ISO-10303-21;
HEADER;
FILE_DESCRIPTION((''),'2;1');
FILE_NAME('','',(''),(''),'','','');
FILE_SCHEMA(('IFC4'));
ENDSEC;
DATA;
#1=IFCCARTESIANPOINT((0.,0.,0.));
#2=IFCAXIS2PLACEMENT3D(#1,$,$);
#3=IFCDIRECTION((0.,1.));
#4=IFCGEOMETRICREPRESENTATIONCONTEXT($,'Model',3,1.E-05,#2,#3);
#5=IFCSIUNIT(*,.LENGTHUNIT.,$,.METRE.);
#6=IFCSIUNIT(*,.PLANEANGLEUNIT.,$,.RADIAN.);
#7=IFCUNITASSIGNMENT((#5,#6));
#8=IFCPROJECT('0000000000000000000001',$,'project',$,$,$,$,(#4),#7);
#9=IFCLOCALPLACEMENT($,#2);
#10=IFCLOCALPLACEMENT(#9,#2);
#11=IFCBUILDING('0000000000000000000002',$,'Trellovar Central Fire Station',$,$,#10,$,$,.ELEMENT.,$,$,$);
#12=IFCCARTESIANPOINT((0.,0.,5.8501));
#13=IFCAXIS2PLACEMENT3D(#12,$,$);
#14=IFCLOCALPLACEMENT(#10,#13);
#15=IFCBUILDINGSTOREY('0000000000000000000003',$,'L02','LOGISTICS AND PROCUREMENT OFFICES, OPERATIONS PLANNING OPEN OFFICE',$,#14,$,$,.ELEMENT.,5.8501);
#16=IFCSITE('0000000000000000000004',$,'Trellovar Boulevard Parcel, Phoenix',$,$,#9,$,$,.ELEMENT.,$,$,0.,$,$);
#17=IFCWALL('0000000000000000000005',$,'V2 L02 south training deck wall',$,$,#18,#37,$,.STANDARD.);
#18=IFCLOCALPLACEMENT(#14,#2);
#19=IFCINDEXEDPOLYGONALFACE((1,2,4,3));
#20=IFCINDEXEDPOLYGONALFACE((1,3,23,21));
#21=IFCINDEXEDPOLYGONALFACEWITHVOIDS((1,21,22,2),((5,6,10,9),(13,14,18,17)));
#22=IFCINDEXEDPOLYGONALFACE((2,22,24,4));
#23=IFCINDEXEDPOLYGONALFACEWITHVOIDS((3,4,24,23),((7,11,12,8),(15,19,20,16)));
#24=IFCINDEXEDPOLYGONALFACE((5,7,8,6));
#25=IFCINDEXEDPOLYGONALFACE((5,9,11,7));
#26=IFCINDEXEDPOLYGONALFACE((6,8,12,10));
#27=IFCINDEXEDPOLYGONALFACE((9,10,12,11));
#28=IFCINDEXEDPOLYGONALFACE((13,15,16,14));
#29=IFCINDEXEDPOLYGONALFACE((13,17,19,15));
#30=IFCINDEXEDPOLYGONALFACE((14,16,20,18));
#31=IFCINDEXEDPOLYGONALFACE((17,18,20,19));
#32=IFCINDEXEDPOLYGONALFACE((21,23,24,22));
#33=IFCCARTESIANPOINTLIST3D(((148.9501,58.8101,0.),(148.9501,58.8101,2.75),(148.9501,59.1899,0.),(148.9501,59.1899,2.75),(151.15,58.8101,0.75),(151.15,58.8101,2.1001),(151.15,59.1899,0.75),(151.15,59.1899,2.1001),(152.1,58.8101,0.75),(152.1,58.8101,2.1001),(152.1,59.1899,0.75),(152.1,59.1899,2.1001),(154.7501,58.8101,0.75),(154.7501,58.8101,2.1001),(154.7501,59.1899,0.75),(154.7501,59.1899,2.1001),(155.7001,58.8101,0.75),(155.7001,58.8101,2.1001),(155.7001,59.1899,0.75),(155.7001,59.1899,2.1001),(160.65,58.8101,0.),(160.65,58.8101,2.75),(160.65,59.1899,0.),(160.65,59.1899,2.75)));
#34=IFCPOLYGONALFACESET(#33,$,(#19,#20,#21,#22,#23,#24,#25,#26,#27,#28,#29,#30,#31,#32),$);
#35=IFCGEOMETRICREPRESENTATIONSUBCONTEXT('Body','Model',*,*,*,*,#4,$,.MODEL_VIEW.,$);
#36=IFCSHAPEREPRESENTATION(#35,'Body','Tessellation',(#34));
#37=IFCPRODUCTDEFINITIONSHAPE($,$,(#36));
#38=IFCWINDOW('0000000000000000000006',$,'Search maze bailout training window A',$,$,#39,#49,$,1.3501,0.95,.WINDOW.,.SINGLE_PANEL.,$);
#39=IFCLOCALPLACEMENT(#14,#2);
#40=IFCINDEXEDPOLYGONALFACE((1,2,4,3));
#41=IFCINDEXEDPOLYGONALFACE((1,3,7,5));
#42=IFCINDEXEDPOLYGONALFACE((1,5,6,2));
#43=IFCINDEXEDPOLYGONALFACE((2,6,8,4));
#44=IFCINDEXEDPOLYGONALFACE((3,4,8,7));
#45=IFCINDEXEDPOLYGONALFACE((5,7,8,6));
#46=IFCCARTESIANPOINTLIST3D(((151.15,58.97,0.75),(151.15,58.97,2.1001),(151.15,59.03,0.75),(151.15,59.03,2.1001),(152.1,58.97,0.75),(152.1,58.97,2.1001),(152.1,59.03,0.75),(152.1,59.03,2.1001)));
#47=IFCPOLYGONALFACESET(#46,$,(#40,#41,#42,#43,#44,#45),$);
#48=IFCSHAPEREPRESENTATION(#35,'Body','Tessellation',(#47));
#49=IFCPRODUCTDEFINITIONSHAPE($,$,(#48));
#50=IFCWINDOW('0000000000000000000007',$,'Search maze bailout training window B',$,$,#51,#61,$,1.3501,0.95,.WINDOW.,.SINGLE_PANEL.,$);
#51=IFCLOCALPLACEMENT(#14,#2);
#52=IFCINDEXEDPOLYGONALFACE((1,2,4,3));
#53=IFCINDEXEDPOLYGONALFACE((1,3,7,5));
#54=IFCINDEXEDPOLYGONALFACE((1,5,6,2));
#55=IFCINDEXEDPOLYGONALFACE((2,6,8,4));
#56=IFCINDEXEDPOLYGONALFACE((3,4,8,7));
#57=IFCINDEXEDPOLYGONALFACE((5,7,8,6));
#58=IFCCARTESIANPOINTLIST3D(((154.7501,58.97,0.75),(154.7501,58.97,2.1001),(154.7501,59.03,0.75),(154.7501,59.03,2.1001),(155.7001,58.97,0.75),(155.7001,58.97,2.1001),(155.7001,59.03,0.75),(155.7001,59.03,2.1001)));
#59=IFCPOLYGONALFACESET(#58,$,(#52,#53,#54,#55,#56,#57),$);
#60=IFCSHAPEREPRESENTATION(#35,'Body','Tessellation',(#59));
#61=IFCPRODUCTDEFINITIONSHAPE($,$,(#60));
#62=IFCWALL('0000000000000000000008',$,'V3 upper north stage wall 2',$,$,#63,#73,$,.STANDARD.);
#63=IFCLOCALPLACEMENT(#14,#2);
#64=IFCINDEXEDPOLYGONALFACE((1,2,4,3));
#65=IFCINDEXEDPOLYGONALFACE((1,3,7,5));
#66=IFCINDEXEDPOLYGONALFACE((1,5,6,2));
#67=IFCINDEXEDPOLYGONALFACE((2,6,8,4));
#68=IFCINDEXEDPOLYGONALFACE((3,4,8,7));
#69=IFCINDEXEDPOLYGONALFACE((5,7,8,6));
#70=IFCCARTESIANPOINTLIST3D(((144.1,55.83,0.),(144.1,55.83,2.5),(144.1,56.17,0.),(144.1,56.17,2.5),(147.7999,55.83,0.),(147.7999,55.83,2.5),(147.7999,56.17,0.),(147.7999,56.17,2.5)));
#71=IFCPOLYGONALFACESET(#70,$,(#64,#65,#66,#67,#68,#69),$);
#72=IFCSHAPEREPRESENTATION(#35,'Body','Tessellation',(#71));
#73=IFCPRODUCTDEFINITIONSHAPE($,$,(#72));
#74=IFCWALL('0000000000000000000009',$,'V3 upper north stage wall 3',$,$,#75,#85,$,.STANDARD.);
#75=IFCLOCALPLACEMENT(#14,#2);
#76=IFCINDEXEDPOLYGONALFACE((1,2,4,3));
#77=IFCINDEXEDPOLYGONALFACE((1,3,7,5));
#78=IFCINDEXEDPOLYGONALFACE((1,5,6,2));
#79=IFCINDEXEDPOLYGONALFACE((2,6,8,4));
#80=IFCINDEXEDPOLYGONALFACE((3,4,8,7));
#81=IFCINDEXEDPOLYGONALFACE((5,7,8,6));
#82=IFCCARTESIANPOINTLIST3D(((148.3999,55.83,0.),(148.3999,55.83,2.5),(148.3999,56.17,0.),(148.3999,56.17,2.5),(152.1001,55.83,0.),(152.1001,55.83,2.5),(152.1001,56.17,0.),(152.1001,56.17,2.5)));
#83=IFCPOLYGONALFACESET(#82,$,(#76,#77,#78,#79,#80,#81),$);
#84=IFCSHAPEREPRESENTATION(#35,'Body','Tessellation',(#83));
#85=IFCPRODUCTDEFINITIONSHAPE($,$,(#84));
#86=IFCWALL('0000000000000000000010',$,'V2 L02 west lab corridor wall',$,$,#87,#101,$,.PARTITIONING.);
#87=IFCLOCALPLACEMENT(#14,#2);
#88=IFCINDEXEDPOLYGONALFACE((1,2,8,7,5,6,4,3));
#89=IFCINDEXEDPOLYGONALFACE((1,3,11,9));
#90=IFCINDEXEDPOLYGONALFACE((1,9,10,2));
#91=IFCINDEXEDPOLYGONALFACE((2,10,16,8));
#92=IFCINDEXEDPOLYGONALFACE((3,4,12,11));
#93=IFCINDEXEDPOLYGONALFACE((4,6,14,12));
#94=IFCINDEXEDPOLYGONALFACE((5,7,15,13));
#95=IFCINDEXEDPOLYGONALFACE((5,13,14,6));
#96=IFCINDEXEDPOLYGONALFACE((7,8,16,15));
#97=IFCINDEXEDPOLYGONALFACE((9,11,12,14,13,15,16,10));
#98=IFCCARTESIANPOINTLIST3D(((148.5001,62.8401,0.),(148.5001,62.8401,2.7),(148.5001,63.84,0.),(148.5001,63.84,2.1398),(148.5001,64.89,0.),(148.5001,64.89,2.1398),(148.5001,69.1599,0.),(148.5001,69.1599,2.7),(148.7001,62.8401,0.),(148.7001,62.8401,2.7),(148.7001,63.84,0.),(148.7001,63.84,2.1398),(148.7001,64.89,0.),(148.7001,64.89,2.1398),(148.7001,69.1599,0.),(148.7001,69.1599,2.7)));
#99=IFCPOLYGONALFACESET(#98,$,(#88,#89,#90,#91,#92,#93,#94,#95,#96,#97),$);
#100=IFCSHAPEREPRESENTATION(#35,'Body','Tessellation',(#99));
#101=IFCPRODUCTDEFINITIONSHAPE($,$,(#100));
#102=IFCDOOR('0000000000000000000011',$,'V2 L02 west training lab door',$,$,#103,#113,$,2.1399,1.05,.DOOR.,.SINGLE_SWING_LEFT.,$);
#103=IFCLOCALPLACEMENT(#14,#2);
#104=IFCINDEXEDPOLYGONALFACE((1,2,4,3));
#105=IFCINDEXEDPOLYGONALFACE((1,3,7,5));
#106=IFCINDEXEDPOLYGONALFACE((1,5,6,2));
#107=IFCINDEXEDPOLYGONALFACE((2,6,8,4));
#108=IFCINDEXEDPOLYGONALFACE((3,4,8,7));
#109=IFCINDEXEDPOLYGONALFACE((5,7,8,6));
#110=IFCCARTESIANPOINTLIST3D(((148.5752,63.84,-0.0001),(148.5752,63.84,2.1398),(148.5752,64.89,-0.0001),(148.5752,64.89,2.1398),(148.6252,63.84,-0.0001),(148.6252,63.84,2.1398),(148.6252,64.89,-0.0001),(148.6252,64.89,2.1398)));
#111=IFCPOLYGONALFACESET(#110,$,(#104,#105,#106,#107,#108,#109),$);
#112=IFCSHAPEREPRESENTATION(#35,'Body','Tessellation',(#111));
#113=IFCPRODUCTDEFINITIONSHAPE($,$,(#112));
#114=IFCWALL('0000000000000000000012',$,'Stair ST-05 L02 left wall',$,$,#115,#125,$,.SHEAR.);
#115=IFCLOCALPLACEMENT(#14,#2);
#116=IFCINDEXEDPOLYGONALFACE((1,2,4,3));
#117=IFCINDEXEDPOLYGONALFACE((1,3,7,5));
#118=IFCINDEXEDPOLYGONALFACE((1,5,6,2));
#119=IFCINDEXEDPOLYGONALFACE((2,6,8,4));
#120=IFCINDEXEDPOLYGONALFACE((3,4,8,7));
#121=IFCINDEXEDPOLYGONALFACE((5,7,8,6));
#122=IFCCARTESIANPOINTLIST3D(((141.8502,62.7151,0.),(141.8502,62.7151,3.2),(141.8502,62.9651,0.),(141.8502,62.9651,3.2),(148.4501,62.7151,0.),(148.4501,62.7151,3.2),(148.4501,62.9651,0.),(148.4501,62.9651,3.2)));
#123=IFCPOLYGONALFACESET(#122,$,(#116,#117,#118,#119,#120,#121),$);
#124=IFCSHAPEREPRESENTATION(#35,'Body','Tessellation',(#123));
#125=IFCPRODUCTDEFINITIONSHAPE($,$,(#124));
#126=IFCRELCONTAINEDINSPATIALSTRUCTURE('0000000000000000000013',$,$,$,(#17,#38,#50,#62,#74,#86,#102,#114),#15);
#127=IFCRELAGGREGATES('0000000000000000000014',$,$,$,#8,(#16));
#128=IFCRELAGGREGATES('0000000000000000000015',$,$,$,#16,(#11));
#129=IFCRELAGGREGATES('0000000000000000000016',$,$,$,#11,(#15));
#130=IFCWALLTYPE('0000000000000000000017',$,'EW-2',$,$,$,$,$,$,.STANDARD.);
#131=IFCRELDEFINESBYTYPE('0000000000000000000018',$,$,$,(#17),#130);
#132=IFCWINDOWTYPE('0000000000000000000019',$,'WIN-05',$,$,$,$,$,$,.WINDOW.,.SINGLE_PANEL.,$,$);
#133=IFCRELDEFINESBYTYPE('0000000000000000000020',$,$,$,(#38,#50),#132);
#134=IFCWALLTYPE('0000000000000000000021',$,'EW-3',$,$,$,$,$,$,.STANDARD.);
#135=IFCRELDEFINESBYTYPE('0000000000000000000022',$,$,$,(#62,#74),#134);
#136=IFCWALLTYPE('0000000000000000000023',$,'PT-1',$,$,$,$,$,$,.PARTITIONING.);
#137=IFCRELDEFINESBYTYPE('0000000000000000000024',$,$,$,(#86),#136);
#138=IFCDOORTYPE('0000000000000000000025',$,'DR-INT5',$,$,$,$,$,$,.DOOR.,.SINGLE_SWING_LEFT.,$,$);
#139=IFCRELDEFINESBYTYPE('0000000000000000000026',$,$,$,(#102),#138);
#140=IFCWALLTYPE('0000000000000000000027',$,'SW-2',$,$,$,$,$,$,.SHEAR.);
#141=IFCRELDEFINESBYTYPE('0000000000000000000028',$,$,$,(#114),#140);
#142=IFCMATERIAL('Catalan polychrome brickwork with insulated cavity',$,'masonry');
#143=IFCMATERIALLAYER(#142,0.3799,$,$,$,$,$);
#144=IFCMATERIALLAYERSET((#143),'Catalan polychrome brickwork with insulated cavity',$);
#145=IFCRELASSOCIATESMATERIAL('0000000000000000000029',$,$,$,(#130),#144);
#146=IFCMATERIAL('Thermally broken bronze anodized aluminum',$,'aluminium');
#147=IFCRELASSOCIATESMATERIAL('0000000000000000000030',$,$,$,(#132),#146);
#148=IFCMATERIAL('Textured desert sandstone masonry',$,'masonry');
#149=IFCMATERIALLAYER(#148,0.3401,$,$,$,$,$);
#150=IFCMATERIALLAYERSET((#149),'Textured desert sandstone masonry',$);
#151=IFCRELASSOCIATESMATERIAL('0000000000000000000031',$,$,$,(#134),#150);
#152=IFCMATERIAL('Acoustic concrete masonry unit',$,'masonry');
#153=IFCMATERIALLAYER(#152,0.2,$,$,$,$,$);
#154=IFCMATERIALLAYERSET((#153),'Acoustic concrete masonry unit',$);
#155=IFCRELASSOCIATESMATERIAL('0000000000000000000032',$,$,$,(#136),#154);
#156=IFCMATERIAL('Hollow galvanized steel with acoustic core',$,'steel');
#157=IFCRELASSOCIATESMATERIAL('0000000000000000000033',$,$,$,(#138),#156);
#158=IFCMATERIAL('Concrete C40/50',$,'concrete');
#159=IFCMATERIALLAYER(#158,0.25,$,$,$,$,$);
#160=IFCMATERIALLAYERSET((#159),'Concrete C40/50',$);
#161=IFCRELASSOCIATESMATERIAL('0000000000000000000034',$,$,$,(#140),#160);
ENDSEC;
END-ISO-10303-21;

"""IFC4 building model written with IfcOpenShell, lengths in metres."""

from ifc_helpers import new_model, si_unit, direction, frame, frame_2d, origin, place, context, subcontext, project, spatial, rectangle, extrude, material, layer, layer_set, type_object, element, fill, save


model = new_model("IFC4")

# Units and contexts
model_context = context("Model", 3, precision=1e-05, world=origin(), true_north=direction((0.0, 1.0)))
body_context = subcontext(model_context, "Body", "Model", "MODEL_VIEW")
ifc_project = project(units=[si_unit("LENGTHUNIT", "METRE"), si_unit("PLANEANGLEUNIT", "RADIAN")], contexts=[model_context])

# Site, building, storey
site_placement = place(None, origin())
site = spatial("IfcSite", under=ifc_project, at=site_placement, Name="Trellovar Boulevard Parcel, Phoenix", CompositionType="ELEMENT", RefElevation=0.0)
building_placement = place(site_placement, origin())
building = spatial("IfcBuilding", under=site, at=building_placement, Name="Trellovar Central Fire Station", CompositionType="ELEMENT")
storey_placement = place(building_placement, frame((0.0, 0.0, 5.8501)))
storey = spatial("IfcBuildingStorey", under=building, at=storey_placement, Name="L02", Description="LOGISTICS AND PROCUREMENT OFFICES, OPERATIONS PLANNING OPEN OFFICE", CompositionType="ELEMENT", Elevation=5.8501)

# Wall, openings, windows
ifc_material_1 = material(Name="Catalan polychrome brickwork with insulated cavity", Category="masonry")
ifc_layer_1 = layer(ifc_material_1, 0.3799)
ifc_layer_set_1 = layer_set([ifc_layer_1], Name="Catalan polychrome brickwork with insulated cavity")
wall_type_1 = type_object("IfcWallType", Name="EW-2", PredefinedType="STANDARD", material=ifc_layer_set_1)
wall_1_placement = place(storey_placement, frame((148.95, 59.0, 0.0), z_axis=(0.0, 0.0, 1.0), x_axis=(1.0, 0.0, 0.0)))
wall_1 = element("IfcWall", 1, at=wall_1_placement, inside=storey, type_object=wall_type_1, Name="V2 L02 south training deck wall", PredefinedType="STANDARD", context=body_context, shape_type="SweptSolid", body=[
    extrude(rectangle(XDim=11.7, YDim=0.3799, at=frame_2d((5.8501, 0.0))), origin(), (0.0, 0.0, 1.0), 2.75),
])
opening_1_placement = place(wall_1_placement, frame((2.2, 0.0, 0.75)))
opening_1 = element("IfcOpeningElement", 2, at=opening_1_placement, cuts=wall_1, PredefinedType="OPENING", context=body_context, shape_type="SweptSolid", body=[
    extrude(rectangle(XDim=0.95, YDim=1.3501, at=frame_2d((0.4751, 0.675))), frame((0.0, 0.2, 0.0), z_axis=(0.0, -1.0, 0.0), x_axis=(1.0, 0.0, 0.0)), (0.0, 0.0, 1.0), 0.3999),
])
opening_2_placement = place(wall_1_placement, frame((5.8, 0.0, 0.75)))
opening_2 = element("IfcOpeningElement", 3, at=opening_2_placement, cuts=wall_1, PredefinedType="OPENING", context=body_context, shape_type="SweptSolid", body=[
    extrude(rectangle(XDim=0.95, YDim=1.3501, at=frame_2d((0.4751, 0.675))), frame((0.0, 0.2, 0.0), z_axis=(0.0, -1.0, 0.0), x_axis=(1.0, 0.0, 0.0)), (0.0, 0.0, 1.0), 0.3999),
])
ifc_material_2 = material(Name="Thermally broken bronze anodized aluminum", Category="aluminium")
window_type = type_object("IfcWindowType", Name="WIN-05", PartitioningType="SINGLE_PANEL", PredefinedType="WINDOW", material=ifc_material_2)
window_1_placement = place(opening_1_placement, origin())
window_1 = element("IfcWindow", 4, at=window_1_placement, inside=storey, type_object=window_type, Name="Search maze bailout training window A", OverallHeight=1.3501, OverallWidth=0.95, PartitioningType="SINGLE_PANEL", PredefinedType="WINDOW", context=body_context, shape_type="SweptSolid", body=[
    extrude(rectangle(XDim=0.95, YDim=1.3501, at=frame_2d((0.4751, 0.675))), frame((0.0, 0.03, 0.0), z_axis=(0.0, -1.0, 0.0), x_axis=(1.0, 0.0, 0.0)), (0.0, 0.0, 1.0), 0.0601),
])
fill(opening_1, window_1)
window_2_placement = place(opening_2_placement, origin())
window_2 = element("IfcWindow", 5, at=window_2_placement, inside=storey, type_object=window_type, Name="Search maze bailout training window B", OverallHeight=1.3501, OverallWidth=0.95, PartitioningType="SINGLE_PANEL", PredefinedType="WINDOW", context=body_context, shape_type="SweptSolid", body=[
    extrude(rectangle(XDim=0.95, YDim=1.3501, at=frame_2d((0.4751, 0.675))), frame((0.0, 0.03, 0.0), z_axis=(0.0, -1.0, 0.0), x_axis=(1.0, 0.0, 0.0)), (0.0, 0.0, 1.0), 0.0601),
])
fill(opening_2, window_2)

# Walls
ifc_material_3 = material(Name="Textured desert sandstone masonry", Category="masonry")
ifc_layer_2 = layer(ifc_material_3, 0.3401)
ifc_layer_set_2 = layer_set([ifc_layer_2], Name="Textured desert sandstone masonry")
wall_type_2 = type_object("IfcWallType", Name="EW-3", PredefinedType="STANDARD", material=ifc_layer_set_2)
wall_2_placement = place(storey_placement, frame((147.8, 56.0, 0.0), z_axis=(0.0, 0.0, 1.0), x_axis=(-1.0, 0.0, 0.0)))
element("IfcWall", 6, at=wall_2_placement, inside=storey, type_object=wall_type_2, Name="V3 upper north stage wall 2", PredefinedType="STANDARD", context=body_context, shape_type="SweptSolid", body=[
    extrude(rectangle(XDim=3.7, YDim=0.3401, at=frame_2d((1.8501, 0.0))), origin(), (0.0, 0.0, 1.0), 2.5),
])
wall_3_placement = place(storey_placement, frame((152.1001, 56.0, 0.0), z_axis=(0.0, 0.0, 1.0), x_axis=(-1.0, 0.0, 0.0)))
element("IfcWall", 7, at=wall_3_placement, inside=storey, type_object=wall_type_2, Name="V3 upper north stage wall 3", PredefinedType="STANDARD", context=body_context, shape_type="SweptSolid", body=[
    extrude(rectangle(XDim=3.7002, YDim=0.3401, at=frame_2d((1.8501, 0.0))), origin(), (0.0, 0.0, 1.0), 2.5),
])

# Wall, opening, door
ifc_material_4 = material(Name="Acoustic concrete masonry unit", Category="masonry")
ifc_layer_3 = layer(ifc_material_4, 0.2)
ifc_layer_set_3 = layer_set([ifc_layer_3], Name="Acoustic concrete masonry unit")
wall_type_3 = type_object("IfcWallType", Name="PT-1", PredefinedType="PARTITIONING", material=ifc_layer_set_3)
wall_4_placement = place(storey_placement, frame((148.6001, 62.8401, 0.0), z_axis=(0.0, 0.0, 1.0), x_axis=(0.0, 1.0, 0.0)))
wall_4 = element("IfcWall", 8, at=wall_4_placement, inside=storey, type_object=wall_type_3, Name="V2 L02 west lab corridor wall", PredefinedType="PARTITIONING", context=body_context, shape_type="SweptSolid", body=[
    extrude(rectangle(XDim=6.3198, YDim=0.2, at=frame_2d((3.1599, 0.0))), origin(), (0.0, 0.0, 1.0), 2.7),
])
opening_3_placement = place(wall_4_placement, frame((1.0, 0.0, 0.0)))
opening_3 = element("IfcOpeningElement", 9, at=opening_3_placement, cuts=wall_4, PredefinedType="OPENING", context=body_context, shape_type="SweptSolid", body=[
    extrude(rectangle(XDim=1.05, YDim=2.1399, at=frame_2d((0.5249, 1.0698))), frame((0.0, 0.1099, 0.0), z_axis=(0.0, -1.0, 0.0), x_axis=(1.0, 0.0, 0.0)), (0.0, 0.0, 1.0), 0.22),
])
ifc_material_5 = material(Name="Hollow galvanized steel with acoustic core", Category="steel")
door_type_1 = type_object("IfcDoorType", Name="DR-INT5", OperationType="SINGLE_SWING_LEFT", PredefinedType="DOOR", material=ifc_material_5)
door_1_placement = place(opening_3_placement, origin())
door_1 = element("IfcDoor", 10, at=door_1_placement, inside=storey, type_object=door_type_1, Name="V2 L02 west training lab door", OperationType="SINGLE_SWING_LEFT", OverallHeight=2.1399, OverallWidth=1.05, PredefinedType="DOOR", context=body_context, shape_type="SweptSolid", body=[
    extrude(rectangle(XDim=1.05, YDim=2.1399, at=frame_2d((0.5249, 1.0698))), frame((0.0, 0.0249, 0.0), z_axis=(0.0, -1.0, 0.0), x_axis=(1.0, 0.0, 0.0)), (0.0, 0.0, 1.0), 0.05),
])
fill(opening_3, door_1)

# Wall
ifc_material_6 = material(Name="Concrete C40/50", Category="concrete")
ifc_layer_4 = layer(ifc_material_6, 0.25)
ifc_layer_set_4 = layer_set([ifc_layer_4], Name="Concrete C40/50")
wall_type_4 = type_object("IfcWallType", Name="SW-2", PredefinedType="SHEAR", material=ifc_layer_set_4)
wall_5_placement = place(storey_placement, frame((148.45, 62.8401, 0.0), z_axis=(0.0, 0.0, 1.0), x_axis=(-1.0, 0.0, 0.0)))
element("IfcWall", 11, at=wall_5_placement, inside=storey, type_object=wall_type_4, Name="Stair ST-05 L02 left wall", PredefinedType="SHEAR", context=body_context, shape_type="SweptSolid", body=[
    extrude(rectangle(XDim=6.5999, YDim=0.25, at=frame_2d((3.2998, 0.0))), origin(), (0.0, 0.0, 1.0), 3.2),
])

save(model, "model.ifc")
